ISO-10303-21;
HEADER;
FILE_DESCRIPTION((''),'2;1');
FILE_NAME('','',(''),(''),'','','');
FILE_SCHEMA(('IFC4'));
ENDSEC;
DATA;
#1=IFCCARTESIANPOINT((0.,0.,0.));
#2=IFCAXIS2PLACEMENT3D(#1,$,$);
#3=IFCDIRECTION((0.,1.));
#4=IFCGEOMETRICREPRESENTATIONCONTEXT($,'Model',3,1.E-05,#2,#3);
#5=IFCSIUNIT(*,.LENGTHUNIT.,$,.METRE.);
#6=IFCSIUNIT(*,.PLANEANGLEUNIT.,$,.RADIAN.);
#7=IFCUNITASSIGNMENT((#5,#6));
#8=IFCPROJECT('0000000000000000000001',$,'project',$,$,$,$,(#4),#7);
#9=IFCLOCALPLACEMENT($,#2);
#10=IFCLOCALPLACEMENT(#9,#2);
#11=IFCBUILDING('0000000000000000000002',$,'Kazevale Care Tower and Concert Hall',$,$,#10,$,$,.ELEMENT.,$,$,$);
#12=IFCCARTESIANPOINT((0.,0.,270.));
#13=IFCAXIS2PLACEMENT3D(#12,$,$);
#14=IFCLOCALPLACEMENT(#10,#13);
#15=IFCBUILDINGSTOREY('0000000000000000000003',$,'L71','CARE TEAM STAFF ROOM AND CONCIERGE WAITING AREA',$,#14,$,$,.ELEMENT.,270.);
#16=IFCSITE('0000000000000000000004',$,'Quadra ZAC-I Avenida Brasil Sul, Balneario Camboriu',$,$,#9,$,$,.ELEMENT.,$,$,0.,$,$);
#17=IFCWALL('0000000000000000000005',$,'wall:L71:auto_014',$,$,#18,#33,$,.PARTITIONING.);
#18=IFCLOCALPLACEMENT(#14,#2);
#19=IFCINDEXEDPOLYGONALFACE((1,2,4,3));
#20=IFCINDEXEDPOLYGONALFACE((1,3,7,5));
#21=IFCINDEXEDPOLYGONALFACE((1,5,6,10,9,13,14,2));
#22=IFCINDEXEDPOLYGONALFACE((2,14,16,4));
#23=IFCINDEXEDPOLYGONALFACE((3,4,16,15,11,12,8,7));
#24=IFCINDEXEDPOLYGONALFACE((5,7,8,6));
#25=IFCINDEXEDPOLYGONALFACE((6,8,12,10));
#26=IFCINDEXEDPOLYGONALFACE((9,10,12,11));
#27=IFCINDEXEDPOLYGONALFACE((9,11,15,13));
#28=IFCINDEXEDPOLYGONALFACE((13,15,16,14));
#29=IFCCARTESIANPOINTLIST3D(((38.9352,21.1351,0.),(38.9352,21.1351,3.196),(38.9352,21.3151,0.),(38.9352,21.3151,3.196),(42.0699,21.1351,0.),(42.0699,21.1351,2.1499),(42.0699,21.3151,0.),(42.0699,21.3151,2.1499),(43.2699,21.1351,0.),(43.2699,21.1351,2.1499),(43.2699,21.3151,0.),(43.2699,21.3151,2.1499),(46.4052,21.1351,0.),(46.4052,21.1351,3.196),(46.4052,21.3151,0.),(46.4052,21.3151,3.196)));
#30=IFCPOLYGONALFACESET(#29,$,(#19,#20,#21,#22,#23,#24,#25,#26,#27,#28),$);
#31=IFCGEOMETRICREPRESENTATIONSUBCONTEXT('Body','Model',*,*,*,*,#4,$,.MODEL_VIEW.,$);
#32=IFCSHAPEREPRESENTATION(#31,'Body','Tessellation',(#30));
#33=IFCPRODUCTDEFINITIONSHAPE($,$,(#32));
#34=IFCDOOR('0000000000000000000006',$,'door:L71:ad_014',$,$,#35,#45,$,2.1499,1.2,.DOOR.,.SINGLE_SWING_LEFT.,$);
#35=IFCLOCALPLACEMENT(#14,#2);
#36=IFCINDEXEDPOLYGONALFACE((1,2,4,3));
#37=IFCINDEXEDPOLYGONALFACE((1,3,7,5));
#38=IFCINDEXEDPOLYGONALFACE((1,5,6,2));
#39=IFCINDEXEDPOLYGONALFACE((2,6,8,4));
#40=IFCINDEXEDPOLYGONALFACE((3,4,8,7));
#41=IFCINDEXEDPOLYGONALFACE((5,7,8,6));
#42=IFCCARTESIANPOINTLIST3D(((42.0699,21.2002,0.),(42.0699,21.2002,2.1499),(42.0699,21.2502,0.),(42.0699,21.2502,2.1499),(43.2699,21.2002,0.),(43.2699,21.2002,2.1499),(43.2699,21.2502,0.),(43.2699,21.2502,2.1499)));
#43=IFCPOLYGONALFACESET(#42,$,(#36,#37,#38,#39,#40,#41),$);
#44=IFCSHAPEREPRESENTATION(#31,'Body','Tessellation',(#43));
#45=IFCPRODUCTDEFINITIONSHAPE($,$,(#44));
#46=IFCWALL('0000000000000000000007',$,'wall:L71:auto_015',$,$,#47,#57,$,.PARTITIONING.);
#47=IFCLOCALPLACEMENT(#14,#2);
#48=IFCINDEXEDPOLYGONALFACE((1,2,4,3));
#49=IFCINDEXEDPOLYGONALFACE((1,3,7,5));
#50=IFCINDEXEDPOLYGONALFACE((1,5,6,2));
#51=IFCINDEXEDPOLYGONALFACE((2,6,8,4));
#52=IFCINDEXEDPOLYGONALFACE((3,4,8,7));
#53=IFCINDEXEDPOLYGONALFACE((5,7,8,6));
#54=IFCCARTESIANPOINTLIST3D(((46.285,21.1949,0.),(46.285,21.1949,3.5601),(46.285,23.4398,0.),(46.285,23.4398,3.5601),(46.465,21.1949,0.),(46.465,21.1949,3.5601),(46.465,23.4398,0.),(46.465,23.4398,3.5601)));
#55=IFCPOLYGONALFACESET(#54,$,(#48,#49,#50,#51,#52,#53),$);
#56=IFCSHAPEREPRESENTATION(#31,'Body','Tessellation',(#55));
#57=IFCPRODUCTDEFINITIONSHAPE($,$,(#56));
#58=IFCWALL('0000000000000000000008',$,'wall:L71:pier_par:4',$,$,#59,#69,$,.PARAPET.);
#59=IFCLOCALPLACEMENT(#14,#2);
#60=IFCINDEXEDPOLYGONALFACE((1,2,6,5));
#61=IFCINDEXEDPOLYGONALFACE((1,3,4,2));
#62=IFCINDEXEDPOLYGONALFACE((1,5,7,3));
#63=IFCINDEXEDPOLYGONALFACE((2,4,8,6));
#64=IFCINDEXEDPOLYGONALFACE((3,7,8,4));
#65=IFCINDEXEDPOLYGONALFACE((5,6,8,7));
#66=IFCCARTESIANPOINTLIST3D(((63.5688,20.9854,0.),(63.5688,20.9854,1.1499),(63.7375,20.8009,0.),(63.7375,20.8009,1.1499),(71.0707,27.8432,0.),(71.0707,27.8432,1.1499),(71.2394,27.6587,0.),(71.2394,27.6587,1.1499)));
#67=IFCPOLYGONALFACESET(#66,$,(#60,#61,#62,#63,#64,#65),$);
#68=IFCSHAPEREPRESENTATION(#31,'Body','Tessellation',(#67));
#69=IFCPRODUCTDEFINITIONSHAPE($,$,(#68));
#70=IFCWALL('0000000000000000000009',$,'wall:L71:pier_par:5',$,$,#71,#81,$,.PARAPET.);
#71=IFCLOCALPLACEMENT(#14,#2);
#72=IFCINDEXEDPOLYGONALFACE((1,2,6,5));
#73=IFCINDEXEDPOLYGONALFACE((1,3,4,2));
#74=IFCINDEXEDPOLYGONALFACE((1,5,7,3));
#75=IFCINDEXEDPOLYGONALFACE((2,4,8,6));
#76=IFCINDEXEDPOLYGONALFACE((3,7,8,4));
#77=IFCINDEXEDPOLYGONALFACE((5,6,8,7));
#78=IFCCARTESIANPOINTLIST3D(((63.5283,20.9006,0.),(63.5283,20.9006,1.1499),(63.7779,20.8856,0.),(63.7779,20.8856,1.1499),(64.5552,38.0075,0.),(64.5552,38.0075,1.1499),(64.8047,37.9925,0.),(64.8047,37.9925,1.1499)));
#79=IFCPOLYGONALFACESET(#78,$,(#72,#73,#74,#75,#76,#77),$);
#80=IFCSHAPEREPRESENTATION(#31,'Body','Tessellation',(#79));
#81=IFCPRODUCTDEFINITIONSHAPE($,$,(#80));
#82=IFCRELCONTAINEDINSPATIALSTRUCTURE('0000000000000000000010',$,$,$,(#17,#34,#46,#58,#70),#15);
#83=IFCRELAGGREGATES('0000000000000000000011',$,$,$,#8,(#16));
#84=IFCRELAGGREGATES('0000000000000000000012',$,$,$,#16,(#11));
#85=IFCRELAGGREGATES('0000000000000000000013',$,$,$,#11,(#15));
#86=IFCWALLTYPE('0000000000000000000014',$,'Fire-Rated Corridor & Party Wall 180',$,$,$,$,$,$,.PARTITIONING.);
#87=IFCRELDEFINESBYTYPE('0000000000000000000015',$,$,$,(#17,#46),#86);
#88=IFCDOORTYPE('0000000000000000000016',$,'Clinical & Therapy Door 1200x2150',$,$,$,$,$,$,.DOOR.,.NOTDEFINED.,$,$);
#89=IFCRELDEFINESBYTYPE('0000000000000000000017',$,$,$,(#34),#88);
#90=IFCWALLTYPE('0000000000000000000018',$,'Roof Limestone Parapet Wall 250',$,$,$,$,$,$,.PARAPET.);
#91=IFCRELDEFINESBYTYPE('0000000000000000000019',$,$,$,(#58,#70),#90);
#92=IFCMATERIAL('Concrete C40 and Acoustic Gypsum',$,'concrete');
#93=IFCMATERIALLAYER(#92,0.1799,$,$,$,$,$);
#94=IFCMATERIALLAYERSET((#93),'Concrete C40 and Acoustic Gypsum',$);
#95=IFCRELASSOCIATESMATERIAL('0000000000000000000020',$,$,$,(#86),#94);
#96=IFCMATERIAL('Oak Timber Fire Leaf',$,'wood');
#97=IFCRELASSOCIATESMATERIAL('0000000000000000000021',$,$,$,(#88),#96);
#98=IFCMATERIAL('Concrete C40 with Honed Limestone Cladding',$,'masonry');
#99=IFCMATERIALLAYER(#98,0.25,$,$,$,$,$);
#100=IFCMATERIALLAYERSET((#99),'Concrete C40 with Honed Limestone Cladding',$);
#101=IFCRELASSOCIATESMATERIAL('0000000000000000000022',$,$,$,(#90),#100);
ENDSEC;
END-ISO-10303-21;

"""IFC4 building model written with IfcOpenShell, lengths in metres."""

from ifc_helpers import new_model, si_unit, direction, frame, frame_2d, origin, place, context, subcontext, project, spatial, rectangle, extrude, material, layer, layer_set, type_object, element, fill, save


model = new_model("IFC4")

# Units and contexts
model_context = context("Model", 3, precision=1e-05, world=origin(), true_north=direction((0.0, 1.0)))
body_context = subcontext(model_context, "Body", "Model", "MODEL_VIEW")
ifc_project = project(units=[si_unit("LENGTHUNIT", "METRE"), si_unit("PLANEANGLEUNIT", "RADIAN")], contexts=[model_context])

# Site, building, storey
site_placement = place(None, origin())
site = spatial("IfcSite", under=ifc_project, at=site_placement, Name="Quadra ZAC-I Avenida Brasil Sul, Balneario Camboriu", CompositionType="ELEMENT", RefElevation=0.0)
building_placement = place(site_placement, origin())
building = spatial("IfcBuilding", under=site, at=building_placement, Name="Kazevale Care Tower and Concert Hall", CompositionType="ELEMENT")
storey_placement = place(building_placement, frame((0.0, 0.0, 270.0)))
storey = spatial("IfcBuildingStorey", under=building, at=storey_placement, Name="L71", Description="CARE TEAM STAFF ROOM AND CONCIERGE WAITING AREA", CompositionType="ELEMENT", Elevation=270.0)

# Wall, opening, door
ifc_material_1 = material(Name="Oak Timber Fire Leaf", Category="wood")
ifc_material_2 = material(Name="Concrete C40 and Acoustic Gypsum", Category="concrete")
ifc_layer_1 = layer(ifc_material_2, 0.1799)
ifc_layer_set_1 = layer_set([ifc_layer_1], Name="Concrete C40 and Acoustic Gypsum")
wall_type_1 = type_object("IfcWallType", Name="Fire-Rated Corridor & Party Wall 180", PredefinedType="PARTITIONING", material=ifc_layer_set_1)
wall_1_placement = place(storey_placement, frame((46.405, 21.2251, 0.0), z_axis=(0.0, 0.0, 1.0), x_axis=(-1.0, 0.0, 0.0)))
wall_1 = element("IfcWall", 1, at=wall_1_placement, inside=storey, type_object=wall_type_1, Name="wall:L71:auto_014", PredefinedType="PARTITIONING", context=body_context, shape_type="SweptSolid", body=[
    extrude(rectangle(XDim=7.47, YDim=0.1799, at=frame_2d((3.7349, 0.0))), origin(), (0.0, 0.0, 1.0), 3.196),
])
opening_1_placement = place(wall_1_placement, frame((3.135, 0.0, 0.0)))
opening_1 = element("IfcOpeningElement", 2, at=opening_1_placement, cuts=wall_1, PredefinedType="OPENING", context=body_context, shape_type="SweptSolid", body=[
    extrude(rectangle(XDim=1.2, YDim=2.1499, at=frame_2d((0.6001, 1.075))), frame((0.0, 0.0999, 0.0), z_axis=(0.0, -1.0, 0.0), x_axis=(1.0, 0.0, 0.0)), (0.0, 0.0, 1.0), 0.2),
])
door_type_1 = type_object("IfcDoorType", Name="Clinical & Therapy Door 1200x2150", OperationType="NOTDEFINED", PredefinedType="DOOR", material=ifc_material_1)
door_1_placement = place(opening_1_placement, origin())
door_1 = element("IfcDoor", 3, at=door_1_placement, inside=storey, type_object=door_type_1, Name="door:L71:ad_014", OperationType="SINGLE_SWING_LEFT", OverallHeight=2.1499, OverallWidth=1.2, PredefinedType="DOOR", context=body_context, shape_type="SweptSolid", body=[
    extrude(rectangle(XDim=1.2, YDim=2.1499, at=frame_2d((0.6001, 1.075))), frame((0.0, 0.0249, 0.0), z_axis=(0.0, -1.0, 0.0), x_axis=(1.0, 0.0, 0.0)), (0.0, 0.0, 1.0), 0.05),
])
fill(opening_1, door_1)

# Walls
wall_2_placement = place(storey_placement, frame((46.375, 23.4399, 0.0), z_axis=(0.0, 0.0, 1.0), x_axis=(0.0, -1.0, 0.0)))
element("IfcWall", 4, at=wall_2_placement, inside=storey, type_object=wall_type_1, Name="wall:L71:auto_015", PredefinedType="PARTITIONING", context=body_context, shape_type="SweptSolid", body=[
    extrude(rectangle(XDim=2.2449, YDim=0.1799, at=frame_2d((1.1226, 0.0))), origin(), (0.0, 0.0, 1.0), 3.5601),
])
ifc_material_3 = material(Name="Concrete C40 with Honed Limestone Cladding", Category="masonry")
ifc_layer_2 = layer(ifc_material_3, 0.25)
ifc_layer_set_2 = layer_set([ifc_layer_2], Name="Concrete C40 with Honed Limestone Cladding")
wall_type_2 = type_object("IfcWallType", Name="Roof Limestone Parapet Wall 250", PredefinedType="PARAPET", material=ifc_layer_set_2)
wall_3_placement = place(storey_placement, frame((71.155, 27.751, 0.0), z_axis=(0.0, 0.0, 1.0), x_axis=(-0.738079, -0.674715, 0.0)))
element("IfcWall", 5, at=wall_3_placement, inside=storey, type_object=wall_type_2, Name="wall:L71:pier_par:4", PredefinedType="PARAPET", context=body_context, shape_type="SweptSolid", body=[
    extrude(rectangle(XDim=10.1641, YDim=0.25, at=frame_2d((5.082, 0.0))), origin(), (0.0, 0.0, 1.0), 1.1499),
])
wall_4_placement = place(storey_placement, frame((63.6531, 20.8931, 0.0), z_axis=(0.0, 0.0, 1.0), x_axis=(0.059918, 0.998203, 0.0)))
element("IfcWall", 6, at=wall_4_placement, inside=storey, type_object=wall_type_2, Name="wall:L71:pier_par:5", PredefinedType="PARAPET", context=body_context, shape_type="SweptSolid", body=[
    extrude(rectangle(XDim=17.1377, YDim=0.25, at=frame_2d((8.5688, 0.0))), origin(), (0.0, 0.0, 1.0), 1.1499),
])

save(model, "model.ifc")
